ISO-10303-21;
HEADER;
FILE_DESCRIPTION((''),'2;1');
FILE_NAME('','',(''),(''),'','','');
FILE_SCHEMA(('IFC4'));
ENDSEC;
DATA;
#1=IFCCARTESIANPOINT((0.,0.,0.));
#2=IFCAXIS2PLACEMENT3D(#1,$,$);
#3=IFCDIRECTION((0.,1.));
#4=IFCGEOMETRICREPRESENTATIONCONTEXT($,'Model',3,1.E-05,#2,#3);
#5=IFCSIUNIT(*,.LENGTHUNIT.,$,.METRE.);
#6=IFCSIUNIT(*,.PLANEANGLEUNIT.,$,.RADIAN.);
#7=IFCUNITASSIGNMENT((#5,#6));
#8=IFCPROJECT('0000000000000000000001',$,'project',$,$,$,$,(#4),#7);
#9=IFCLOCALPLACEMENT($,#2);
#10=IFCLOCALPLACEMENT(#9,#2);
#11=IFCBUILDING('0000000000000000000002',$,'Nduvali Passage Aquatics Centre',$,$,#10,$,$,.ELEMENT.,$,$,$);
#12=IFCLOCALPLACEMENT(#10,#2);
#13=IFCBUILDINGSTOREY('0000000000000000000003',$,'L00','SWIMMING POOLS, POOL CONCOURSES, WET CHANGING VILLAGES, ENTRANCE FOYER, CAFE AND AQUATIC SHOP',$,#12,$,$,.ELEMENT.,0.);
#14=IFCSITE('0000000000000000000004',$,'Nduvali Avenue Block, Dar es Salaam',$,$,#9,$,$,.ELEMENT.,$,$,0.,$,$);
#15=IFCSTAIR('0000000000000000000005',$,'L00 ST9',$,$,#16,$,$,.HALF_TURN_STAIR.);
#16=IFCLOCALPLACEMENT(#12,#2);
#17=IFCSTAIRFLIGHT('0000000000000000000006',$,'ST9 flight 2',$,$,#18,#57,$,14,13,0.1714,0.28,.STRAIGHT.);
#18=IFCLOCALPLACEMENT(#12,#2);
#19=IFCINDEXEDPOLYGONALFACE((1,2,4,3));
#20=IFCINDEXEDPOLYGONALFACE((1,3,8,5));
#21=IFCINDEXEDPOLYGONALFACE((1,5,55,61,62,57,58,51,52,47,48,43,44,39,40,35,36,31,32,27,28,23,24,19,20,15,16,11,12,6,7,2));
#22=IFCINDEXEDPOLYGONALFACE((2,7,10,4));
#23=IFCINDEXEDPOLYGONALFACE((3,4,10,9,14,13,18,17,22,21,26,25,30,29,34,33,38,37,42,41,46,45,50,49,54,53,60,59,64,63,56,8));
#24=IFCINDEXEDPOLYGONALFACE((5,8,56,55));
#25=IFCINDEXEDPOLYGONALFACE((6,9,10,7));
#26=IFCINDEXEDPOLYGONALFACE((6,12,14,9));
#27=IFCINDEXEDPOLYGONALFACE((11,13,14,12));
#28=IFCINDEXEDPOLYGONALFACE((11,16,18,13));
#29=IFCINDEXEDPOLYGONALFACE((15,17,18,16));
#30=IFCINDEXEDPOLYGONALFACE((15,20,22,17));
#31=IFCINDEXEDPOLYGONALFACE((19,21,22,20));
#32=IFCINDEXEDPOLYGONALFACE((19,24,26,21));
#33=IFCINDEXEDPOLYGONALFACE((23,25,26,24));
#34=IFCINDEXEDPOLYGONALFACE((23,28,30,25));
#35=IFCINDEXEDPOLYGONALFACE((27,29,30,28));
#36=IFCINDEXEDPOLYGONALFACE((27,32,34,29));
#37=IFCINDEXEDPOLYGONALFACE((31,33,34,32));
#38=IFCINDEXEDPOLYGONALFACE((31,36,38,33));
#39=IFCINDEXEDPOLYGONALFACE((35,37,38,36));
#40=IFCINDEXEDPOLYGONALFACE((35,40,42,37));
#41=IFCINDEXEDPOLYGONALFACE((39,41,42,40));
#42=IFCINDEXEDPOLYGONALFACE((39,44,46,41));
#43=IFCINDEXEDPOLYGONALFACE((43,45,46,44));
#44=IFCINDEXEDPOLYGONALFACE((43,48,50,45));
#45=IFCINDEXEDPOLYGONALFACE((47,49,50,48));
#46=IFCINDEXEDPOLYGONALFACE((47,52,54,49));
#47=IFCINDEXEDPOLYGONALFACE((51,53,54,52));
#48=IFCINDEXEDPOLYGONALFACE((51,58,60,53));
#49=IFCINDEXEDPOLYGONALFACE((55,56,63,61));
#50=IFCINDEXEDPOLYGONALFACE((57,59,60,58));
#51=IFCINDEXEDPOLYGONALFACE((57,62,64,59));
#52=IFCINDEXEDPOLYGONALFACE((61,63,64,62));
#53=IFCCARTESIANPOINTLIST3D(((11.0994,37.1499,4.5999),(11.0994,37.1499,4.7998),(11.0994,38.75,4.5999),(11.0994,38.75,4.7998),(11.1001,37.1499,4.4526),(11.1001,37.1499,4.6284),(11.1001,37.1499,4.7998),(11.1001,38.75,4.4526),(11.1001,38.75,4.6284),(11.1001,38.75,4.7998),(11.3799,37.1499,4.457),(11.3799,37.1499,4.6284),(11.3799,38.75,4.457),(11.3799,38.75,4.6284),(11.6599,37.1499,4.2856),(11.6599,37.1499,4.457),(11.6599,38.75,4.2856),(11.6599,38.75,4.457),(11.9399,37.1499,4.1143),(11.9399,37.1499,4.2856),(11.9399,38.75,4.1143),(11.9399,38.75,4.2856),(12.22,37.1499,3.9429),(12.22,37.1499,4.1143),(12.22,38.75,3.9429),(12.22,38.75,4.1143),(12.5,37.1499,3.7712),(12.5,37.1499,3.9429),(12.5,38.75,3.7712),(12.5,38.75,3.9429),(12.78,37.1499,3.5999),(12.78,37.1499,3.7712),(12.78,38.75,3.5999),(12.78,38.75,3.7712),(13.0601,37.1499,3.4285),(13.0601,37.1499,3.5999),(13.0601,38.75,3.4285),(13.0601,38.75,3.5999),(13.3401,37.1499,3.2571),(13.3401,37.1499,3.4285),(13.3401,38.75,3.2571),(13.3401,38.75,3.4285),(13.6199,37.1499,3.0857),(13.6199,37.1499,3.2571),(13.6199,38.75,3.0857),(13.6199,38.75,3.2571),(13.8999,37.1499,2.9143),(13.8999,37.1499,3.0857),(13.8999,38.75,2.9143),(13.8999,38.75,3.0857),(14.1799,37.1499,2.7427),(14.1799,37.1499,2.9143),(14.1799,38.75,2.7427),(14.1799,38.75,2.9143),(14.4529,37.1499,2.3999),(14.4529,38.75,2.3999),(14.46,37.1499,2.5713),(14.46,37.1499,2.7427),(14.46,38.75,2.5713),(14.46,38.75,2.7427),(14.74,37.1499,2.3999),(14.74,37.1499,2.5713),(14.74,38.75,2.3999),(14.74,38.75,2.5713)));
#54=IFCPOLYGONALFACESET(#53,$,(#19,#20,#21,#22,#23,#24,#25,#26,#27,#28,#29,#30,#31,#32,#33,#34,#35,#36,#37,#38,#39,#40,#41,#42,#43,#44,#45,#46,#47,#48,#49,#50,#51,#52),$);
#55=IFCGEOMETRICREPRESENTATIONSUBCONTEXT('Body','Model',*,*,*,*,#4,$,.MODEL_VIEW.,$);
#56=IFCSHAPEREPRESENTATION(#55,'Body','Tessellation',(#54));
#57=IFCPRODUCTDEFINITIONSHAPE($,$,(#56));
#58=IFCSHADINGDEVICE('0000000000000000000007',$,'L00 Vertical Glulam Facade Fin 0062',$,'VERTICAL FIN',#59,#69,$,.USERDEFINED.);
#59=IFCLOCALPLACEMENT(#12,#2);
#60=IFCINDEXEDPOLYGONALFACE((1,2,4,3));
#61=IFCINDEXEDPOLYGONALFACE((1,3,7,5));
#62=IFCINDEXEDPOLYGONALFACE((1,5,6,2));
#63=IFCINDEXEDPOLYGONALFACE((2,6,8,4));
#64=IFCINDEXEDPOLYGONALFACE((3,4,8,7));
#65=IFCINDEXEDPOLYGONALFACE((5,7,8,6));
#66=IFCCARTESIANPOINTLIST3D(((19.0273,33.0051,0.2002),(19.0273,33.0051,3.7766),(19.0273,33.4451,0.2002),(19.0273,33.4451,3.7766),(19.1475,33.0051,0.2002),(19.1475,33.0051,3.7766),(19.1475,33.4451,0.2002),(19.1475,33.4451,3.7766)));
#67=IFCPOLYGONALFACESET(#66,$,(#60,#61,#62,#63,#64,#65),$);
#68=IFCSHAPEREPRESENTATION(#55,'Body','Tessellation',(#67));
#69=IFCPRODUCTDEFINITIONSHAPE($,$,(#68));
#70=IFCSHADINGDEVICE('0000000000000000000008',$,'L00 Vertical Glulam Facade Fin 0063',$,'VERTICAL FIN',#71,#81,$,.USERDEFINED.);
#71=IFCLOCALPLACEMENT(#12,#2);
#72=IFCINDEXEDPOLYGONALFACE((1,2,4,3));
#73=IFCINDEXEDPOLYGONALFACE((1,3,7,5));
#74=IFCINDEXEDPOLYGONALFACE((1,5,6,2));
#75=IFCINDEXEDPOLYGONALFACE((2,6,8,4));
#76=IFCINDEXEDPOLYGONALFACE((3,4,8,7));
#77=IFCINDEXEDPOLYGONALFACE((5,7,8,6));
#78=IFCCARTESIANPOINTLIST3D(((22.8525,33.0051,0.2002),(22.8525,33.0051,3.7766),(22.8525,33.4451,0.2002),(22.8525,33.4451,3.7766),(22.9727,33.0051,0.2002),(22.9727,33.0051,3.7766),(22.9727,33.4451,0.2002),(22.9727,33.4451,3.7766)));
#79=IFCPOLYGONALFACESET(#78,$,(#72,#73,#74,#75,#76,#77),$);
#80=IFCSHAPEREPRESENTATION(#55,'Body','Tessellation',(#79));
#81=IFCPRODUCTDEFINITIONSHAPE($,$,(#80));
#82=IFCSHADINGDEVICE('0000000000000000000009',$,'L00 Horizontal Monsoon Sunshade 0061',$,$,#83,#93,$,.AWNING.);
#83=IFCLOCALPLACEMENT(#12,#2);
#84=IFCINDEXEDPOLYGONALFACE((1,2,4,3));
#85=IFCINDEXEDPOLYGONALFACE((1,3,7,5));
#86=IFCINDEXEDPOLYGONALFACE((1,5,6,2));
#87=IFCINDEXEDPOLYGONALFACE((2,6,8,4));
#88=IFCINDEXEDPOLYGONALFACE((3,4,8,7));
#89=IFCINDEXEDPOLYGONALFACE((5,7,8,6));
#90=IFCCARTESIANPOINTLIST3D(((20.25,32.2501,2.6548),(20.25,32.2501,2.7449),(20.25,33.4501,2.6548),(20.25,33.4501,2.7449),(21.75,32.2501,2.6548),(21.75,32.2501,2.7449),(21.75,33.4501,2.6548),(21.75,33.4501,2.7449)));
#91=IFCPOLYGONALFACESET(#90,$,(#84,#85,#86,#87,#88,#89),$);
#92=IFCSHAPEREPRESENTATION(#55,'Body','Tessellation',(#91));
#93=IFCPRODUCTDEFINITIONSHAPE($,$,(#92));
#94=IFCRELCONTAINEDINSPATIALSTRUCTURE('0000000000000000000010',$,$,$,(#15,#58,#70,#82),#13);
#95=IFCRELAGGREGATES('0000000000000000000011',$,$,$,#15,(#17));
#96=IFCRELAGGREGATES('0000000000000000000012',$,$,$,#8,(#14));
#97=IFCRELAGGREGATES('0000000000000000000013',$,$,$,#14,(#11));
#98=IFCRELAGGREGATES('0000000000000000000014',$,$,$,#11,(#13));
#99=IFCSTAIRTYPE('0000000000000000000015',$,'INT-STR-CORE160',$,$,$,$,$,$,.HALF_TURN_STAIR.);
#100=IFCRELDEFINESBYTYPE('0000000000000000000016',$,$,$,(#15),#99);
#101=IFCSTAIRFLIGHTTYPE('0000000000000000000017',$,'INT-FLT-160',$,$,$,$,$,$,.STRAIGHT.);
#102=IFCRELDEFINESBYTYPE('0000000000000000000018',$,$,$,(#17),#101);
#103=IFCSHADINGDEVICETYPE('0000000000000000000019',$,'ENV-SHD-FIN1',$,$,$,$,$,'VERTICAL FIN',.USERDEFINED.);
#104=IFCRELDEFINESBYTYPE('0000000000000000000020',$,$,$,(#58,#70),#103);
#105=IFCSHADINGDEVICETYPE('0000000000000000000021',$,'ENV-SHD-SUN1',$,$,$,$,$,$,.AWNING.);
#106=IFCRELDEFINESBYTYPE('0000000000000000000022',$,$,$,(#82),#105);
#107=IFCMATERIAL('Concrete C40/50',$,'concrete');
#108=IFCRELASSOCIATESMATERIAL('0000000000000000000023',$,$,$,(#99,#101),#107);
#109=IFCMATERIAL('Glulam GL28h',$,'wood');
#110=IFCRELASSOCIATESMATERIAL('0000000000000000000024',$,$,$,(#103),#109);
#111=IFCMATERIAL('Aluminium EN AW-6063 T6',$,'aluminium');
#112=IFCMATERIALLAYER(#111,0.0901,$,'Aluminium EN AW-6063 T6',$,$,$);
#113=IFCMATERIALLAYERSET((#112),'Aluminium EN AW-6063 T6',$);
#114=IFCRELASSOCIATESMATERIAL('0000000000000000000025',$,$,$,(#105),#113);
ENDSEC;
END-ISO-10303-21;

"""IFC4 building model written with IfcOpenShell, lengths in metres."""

from ifc_helpers import new_model, si_unit, direction, frame, origin, origin_2d, place, context, subcontext, project, spatial, polyline, rectangle, outline, extrude, material, layer, layer_set, type_object, element, aggregate, save


model = new_model("IFC4")

# Units and contexts
model_context = context("Model", 3, precision=1e-05, world=origin(), true_north=direction((0.0, 1.0)))
body_context = subcontext(model_context, "Body", "Model", "MODEL_VIEW")
ifc_project = project(units=[si_unit("LENGTHUNIT", "METRE"), si_unit("PLANEANGLEUNIT", "RADIAN")], contexts=[model_context])

# Site, building, storey
site_placement = place(None, origin())
site = spatial("IfcSite", under=ifc_project, at=site_placement, Name="Nduvali Avenue Block, Dar es Salaam", CompositionType="ELEMENT", RefElevation=0.0)
building_placement = place(site_placement, origin())
building = spatial("IfcBuilding", under=site, at=building_placement, Name="Nduvali Passage Aquatics Centre", CompositionType="ELEMENT")
storey_placement = place(building_placement, origin())
storey = spatial("IfcBuildingStorey", under=building, at=storey_placement, Name="L00", Description="SWIMMING POOLS, POOL CONCOURSES, WET CHANGING VILLAGES, ENTRANCE FOYER, CAFE AND AQUATIC SHOP", CompositionType="ELEMENT", Elevation=0.0)

# Shared definitions
ifc_material_1 = material(Name="Concrete C40/50", Category="concrete")

# Shared definitions
ifc_material_2 = material(Name="Aluminium EN AW-6063 T6", Category="aluminium")

# Stair, stair flight
stair_type = type_object("IfcStairType", Name="INT-STR-CORE160", PredefinedType="HALF_TURN_STAIR", material=ifc_material_1)
stair_placement = place(storey_placement, origin())
stair = element("IfcStair", 1, at=stair_placement, inside=storey, type_object=stair_type, Name="L00 ST9", PredefinedType="HALF_TURN_STAIR")
stair_flight_type = type_object("IfcStairFlightType", Name="INT-FLT-160", PredefinedType="STRAIGHT", material=ifc_material_1)
stair_flight_1_placement = place(storey_placement, frame((14.74, 37.95, 2.3999), z_axis=(0.0, 0.0, 1.0), x_axis=(-1.0, 0.0, 0.0)))
stair_flight_1 = element("IfcStairFlight", 2, at=stair_flight_1_placement, type_object=stair_flight_type, Name="ST9 flight 2", NumberOfRisers=14, NumberOfTreads=13, PredefinedType="STRAIGHT", RiserHeight=0.1714, TreadLength=0.28, context=body_context, shape_type="SweptSolid", body=[
    extrude(outline(polyline([(0.0, 0.0), (0.0, 0.1714), (0.28, 0.1714), (0.28, 0.3428), (0.5601, 0.3428), (0.5601, 0.5144), (0.8401, 0.5144), (0.8401, 0.6858), (1.1201, 0.6858), (1.1201, 0.8572), (1.3999, 0.8572), (1.3999, 1.0286), (1.6799, 1.0286), (1.6799, 1.2), (1.96, 1.2), (1.96, 1.3713), (2.24, 1.3713), (2.24, 1.543), (2.52, 1.543), (2.52, 1.7144), (2.8, 1.7144), (2.8, 1.8857), (3.0801, 1.8857), (3.0801, 2.0571), (3.3601, 2.0571), (3.3601, 2.2285), (3.6399, 2.2285), (3.6399, 2.3999), (3.6406, 2.3999), (3.6406, 2.2), (3.6399, 2.0527), (0.2871, 0.0), (0.0, 0.0)])), frame((0.0, 0.8, 0.0), z_axis=(0.0, -1.0, 0.0), x_axis=(1.0, 0.0, 0.0)), (0.0, 0.0, 1.0), 1.6001),
])
aggregate(stair, [stair_flight_1])

# Shading devices
ifc_material_3 = material(Name="Glulam GL28h", Category="wood")
shading_device_type_1 = type_object("IfcShadingDeviceType", Name="ENV-SHD-FIN1", ElementType="VERTICAL FIN", PredefinedType="USERDEFINED", material=ifc_material_3)
for number, where, z_axis, x_axis, name in (
    (3, (19.0874, 33.2251, 0.2002), (0.0, 0.0, 1.0), (1.0, 0.0, 0.0), "L00 Vertical Glulam Facade Fin 0062"),
    (4, (22.9126, 33.2251, 0.2002), (0.0, 0.0, 1.0), (1.0, 0.0, 0.0), "L00 Vertical Glulam Facade Fin 0063"),
):
    element("IfcShadingDevice", number, at=place(storey_placement, frame(where, z_axis=z_axis, x_axis=x_axis)), inside=storey, type_object=shading_device_type_1, Name=name, ObjectType="VERTICAL FIN", PredefinedType="USERDEFINED", context=body_context, shape_type="SweptSolid", body=[
        extrude(rectangle(XDim=0.1201, YDim=0.4399, at=origin_2d()), origin(), (0.0, 0.0, 1.0), 3.5764),
    ])
ifc_layer_1 = layer(ifc_material_2, 0.0901, Name="Aluminium EN AW-6063 T6")
ifc_layer_set_1 = layer_set([ifc_layer_1], Name="Aluminium EN AW-6063 T6")
shading_device_type_2 = type_object("IfcShadingDeviceType", Name="ENV-SHD-SUN1", PredefinedType="AWNING", material=ifc_layer_set_1)
shading_device_placement = place(storey_placement, frame((21.0, 32.8501, 2.6548), z_axis=(0.0, 0.0, 1.0), x_axis=(1.0, 0.0, 0.0)))
element("IfcShadingDevice", 5, at=shading_device_placement, inside=storey, type_object=shading_device_type_2, Name="L00 Horizontal Monsoon Sunshade 0061", PredefinedType="AWNING", context=body_context, shape_type="SweptSolid", body=[
    extrude(rectangle(XDim=1.5, YDim=1.2, at=origin_2d()), origin(), (0.0, 0.0, 1.0), 0.0901),
])

save(model, "model.ifc")
